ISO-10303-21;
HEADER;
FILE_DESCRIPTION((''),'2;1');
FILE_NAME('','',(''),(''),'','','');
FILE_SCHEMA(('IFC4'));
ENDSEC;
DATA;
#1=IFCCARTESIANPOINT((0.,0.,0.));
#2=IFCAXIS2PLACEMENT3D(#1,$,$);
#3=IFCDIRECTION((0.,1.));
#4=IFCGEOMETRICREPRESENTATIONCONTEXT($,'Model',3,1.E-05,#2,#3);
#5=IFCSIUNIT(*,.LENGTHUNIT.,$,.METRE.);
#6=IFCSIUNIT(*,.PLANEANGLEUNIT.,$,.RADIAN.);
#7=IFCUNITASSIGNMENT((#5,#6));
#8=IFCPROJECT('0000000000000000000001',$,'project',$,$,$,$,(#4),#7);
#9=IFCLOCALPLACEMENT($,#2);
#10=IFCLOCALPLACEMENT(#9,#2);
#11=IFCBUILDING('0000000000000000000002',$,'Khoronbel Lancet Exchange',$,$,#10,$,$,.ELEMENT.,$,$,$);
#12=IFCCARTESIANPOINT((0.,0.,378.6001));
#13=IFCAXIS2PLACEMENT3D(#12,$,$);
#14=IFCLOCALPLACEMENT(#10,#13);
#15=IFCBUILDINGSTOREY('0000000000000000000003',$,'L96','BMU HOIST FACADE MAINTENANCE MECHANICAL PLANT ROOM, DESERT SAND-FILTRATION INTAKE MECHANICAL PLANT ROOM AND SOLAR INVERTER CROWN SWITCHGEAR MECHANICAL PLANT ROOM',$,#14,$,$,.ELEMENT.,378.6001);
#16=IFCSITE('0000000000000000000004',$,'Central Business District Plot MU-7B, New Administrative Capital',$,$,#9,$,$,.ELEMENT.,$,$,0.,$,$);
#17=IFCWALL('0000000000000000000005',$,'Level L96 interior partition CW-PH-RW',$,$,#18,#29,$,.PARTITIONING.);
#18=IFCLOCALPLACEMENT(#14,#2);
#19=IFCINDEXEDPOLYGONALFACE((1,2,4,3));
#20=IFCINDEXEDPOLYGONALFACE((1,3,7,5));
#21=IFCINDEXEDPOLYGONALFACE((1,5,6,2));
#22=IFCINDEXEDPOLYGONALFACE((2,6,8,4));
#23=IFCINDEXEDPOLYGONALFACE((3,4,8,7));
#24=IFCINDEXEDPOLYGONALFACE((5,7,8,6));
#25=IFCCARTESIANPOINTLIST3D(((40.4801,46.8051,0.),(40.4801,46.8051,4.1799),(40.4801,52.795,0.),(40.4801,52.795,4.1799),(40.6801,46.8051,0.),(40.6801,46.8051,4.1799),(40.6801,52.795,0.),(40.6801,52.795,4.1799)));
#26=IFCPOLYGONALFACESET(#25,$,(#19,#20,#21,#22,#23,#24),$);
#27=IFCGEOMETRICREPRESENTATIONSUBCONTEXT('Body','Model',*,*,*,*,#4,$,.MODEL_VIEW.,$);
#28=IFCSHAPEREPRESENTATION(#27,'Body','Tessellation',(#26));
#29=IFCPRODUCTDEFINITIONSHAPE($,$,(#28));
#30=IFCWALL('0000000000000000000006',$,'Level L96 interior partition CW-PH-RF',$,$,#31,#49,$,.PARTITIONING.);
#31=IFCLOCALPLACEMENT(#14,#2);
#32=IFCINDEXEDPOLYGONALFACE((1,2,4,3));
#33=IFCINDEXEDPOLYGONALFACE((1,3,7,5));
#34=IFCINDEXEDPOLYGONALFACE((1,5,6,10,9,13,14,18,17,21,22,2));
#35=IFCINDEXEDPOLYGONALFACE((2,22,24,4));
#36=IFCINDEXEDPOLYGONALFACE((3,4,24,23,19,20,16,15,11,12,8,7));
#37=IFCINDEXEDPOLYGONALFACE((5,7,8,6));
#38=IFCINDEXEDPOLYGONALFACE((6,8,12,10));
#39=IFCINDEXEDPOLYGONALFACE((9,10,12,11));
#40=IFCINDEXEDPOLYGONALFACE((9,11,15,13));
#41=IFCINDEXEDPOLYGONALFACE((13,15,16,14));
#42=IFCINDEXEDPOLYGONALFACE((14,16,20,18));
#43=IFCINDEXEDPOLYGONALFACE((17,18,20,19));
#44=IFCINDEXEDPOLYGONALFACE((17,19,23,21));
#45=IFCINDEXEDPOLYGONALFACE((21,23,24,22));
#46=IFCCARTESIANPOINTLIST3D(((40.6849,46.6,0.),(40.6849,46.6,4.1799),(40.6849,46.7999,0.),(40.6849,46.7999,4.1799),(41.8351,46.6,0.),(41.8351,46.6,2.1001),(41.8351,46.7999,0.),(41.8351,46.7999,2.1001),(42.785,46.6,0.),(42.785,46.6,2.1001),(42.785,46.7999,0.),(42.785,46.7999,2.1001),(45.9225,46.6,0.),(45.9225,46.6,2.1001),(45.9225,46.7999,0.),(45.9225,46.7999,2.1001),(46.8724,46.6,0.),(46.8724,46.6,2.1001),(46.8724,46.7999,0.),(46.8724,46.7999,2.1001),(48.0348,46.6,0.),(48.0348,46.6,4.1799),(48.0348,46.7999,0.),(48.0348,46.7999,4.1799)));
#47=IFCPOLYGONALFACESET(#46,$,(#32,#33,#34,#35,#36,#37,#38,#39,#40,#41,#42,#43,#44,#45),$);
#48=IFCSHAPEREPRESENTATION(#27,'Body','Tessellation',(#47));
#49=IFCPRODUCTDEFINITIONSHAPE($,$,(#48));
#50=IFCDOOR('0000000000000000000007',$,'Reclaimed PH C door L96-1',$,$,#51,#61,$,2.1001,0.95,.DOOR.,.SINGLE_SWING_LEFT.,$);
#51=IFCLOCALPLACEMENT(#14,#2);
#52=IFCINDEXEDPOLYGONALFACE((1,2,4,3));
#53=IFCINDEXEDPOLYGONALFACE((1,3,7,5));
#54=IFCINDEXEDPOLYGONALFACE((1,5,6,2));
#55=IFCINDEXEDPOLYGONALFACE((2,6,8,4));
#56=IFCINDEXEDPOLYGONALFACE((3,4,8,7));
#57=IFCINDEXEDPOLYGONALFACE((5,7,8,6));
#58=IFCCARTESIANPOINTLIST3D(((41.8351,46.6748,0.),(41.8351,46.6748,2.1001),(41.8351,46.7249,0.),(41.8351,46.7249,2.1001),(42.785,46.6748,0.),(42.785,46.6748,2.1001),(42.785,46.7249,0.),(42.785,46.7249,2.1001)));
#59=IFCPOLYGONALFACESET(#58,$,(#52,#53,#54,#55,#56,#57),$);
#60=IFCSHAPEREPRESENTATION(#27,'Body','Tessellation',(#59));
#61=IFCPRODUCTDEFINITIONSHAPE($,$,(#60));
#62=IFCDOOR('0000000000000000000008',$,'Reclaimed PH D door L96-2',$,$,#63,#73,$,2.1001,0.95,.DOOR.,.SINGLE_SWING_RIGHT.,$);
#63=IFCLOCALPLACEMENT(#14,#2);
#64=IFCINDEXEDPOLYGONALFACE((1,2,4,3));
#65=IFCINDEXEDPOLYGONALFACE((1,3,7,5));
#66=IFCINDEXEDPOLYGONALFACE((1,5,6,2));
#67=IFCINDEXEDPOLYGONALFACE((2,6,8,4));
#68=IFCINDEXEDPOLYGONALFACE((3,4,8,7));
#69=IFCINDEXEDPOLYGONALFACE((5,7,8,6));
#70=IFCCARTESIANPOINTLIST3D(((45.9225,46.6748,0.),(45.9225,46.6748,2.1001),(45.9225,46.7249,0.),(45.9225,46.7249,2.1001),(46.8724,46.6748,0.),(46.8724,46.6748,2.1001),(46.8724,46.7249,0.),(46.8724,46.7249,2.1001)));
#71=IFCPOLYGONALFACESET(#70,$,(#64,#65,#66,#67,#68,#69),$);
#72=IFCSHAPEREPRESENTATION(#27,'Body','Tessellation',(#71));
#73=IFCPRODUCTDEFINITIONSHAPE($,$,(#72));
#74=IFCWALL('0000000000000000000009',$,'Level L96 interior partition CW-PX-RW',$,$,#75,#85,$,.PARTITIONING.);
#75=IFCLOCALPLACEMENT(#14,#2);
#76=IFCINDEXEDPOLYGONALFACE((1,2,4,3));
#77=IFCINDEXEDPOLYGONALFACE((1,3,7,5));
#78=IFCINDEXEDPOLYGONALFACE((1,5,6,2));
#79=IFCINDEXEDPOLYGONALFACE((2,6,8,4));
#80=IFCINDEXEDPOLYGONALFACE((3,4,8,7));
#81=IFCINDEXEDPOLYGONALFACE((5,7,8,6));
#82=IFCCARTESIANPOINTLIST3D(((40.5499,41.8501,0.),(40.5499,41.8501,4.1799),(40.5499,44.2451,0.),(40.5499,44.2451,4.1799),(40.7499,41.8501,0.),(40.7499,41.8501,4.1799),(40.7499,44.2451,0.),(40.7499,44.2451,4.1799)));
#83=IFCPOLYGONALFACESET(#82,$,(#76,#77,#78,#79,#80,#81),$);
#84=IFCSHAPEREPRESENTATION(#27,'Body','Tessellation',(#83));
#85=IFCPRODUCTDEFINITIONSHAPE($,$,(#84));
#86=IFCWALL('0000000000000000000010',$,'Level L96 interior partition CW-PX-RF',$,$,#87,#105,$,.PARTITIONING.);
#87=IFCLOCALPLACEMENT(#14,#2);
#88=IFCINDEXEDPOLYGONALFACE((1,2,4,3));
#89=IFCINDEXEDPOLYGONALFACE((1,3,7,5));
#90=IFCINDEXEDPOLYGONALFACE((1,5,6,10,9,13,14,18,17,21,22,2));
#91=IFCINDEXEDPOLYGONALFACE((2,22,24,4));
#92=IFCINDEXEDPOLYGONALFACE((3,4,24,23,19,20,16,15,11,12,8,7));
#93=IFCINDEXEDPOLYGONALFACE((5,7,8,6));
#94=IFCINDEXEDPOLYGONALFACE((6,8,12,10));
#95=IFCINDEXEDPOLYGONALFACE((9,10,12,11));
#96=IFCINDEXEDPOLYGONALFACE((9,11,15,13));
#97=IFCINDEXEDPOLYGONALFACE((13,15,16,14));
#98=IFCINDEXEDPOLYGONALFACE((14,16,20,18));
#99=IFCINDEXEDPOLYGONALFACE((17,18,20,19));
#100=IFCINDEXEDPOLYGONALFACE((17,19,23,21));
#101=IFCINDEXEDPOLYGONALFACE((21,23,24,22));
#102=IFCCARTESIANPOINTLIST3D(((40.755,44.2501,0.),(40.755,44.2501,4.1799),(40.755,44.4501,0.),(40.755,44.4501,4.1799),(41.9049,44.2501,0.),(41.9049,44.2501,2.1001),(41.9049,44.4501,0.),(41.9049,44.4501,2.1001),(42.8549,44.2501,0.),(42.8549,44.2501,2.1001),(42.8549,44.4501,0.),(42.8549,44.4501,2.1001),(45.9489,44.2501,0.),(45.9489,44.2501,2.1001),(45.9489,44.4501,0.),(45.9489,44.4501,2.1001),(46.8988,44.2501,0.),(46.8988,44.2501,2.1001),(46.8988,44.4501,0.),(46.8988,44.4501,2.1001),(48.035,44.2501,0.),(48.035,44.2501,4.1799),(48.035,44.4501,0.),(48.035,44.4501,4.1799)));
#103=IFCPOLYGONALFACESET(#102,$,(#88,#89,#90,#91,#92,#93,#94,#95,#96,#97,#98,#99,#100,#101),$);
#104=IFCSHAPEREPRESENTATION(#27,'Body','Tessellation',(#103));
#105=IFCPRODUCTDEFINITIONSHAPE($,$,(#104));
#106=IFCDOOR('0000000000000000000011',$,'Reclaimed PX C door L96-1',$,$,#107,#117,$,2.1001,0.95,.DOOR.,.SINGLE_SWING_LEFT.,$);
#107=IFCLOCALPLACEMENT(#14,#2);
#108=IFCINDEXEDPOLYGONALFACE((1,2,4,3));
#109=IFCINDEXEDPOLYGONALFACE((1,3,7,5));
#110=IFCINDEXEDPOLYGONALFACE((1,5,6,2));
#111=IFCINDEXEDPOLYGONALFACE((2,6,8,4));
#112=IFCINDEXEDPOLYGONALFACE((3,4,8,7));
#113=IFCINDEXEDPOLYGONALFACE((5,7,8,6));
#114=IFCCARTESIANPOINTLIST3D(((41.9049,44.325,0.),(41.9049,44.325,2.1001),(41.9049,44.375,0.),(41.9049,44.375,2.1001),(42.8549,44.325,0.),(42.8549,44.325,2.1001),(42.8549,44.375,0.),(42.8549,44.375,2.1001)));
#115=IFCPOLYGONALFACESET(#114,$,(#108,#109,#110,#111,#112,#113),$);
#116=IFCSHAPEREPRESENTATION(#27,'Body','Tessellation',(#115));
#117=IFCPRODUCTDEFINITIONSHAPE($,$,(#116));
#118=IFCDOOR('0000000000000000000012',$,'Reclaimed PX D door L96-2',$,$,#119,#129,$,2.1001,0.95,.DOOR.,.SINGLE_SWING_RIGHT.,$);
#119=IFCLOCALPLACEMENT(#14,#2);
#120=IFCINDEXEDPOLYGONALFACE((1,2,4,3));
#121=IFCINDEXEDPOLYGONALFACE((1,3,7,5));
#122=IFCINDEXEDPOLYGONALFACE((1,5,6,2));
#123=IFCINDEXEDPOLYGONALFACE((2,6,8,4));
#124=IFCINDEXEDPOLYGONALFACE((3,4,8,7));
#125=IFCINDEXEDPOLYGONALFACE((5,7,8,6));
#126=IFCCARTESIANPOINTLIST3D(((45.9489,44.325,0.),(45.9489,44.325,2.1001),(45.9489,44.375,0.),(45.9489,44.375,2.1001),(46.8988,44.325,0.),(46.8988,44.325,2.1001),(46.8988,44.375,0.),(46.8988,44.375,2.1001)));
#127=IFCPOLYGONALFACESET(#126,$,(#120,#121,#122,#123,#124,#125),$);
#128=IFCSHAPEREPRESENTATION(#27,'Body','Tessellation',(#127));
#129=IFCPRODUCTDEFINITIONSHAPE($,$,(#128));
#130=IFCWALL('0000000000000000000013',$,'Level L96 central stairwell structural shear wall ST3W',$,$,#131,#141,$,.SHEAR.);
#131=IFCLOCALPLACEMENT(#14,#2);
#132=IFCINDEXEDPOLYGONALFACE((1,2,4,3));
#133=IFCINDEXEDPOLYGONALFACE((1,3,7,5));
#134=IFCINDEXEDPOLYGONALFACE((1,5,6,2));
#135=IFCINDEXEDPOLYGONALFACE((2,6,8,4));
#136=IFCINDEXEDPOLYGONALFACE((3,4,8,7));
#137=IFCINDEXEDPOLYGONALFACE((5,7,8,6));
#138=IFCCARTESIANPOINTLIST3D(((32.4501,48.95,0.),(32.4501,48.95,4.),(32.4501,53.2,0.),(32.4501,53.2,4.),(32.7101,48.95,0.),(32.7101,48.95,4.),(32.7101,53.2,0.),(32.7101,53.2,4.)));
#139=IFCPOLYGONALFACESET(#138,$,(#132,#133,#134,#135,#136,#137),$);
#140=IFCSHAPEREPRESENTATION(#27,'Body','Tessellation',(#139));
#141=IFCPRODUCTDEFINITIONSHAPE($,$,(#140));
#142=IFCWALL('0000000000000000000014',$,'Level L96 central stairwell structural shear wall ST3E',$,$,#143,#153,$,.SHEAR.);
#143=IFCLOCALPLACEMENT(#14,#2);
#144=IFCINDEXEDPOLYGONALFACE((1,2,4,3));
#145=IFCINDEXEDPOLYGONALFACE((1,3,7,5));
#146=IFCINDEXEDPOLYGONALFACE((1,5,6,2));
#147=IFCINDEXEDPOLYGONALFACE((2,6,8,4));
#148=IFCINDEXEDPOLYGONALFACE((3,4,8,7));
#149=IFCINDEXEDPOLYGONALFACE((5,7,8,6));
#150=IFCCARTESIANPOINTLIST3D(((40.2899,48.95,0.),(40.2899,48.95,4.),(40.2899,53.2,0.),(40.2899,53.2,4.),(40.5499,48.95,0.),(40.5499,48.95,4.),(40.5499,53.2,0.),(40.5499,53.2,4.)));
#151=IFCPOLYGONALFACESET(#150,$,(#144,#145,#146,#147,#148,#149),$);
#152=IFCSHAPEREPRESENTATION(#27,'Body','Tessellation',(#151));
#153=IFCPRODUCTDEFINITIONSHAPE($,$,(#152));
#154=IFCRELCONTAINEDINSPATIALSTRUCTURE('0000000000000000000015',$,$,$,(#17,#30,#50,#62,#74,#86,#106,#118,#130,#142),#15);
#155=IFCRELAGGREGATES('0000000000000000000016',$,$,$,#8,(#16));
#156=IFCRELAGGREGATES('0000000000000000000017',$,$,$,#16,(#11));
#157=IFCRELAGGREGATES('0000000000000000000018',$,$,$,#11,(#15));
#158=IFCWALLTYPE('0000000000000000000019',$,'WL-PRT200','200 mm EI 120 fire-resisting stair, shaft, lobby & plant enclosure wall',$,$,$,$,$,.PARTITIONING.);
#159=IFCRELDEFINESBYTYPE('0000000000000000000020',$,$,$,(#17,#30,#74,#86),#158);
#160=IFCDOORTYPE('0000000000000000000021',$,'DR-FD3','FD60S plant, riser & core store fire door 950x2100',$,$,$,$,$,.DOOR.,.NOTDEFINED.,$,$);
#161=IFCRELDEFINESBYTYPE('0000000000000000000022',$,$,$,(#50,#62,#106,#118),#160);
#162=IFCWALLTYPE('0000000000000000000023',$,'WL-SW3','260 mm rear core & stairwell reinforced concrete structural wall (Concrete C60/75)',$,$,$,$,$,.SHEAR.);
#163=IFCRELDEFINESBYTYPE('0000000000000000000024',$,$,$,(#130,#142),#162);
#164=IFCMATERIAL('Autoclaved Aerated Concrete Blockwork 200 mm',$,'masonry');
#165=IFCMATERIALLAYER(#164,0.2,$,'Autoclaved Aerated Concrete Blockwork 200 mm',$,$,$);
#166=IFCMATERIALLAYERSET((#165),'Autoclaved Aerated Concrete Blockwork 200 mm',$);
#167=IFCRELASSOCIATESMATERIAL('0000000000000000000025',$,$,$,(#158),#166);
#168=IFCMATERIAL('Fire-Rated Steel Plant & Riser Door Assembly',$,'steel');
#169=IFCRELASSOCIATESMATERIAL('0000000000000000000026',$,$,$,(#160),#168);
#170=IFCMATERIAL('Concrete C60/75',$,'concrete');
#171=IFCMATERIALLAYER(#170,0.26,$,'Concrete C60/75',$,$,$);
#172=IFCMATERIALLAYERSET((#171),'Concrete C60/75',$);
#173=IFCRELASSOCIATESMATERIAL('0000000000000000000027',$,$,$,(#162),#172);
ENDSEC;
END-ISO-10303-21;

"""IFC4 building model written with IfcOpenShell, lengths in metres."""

from ifc_helpers import new_model, si_unit, direction, frame, frame_2d, origin, place, context, subcontext, project, spatial, rectangle, extrude, material, layer, layer_set, type_object, element, fill, save


model = new_model("IFC4")

# Units and contexts
model_context = context("Model", 3, precision=1e-05, world=origin(), true_north=direction((0.0, 1.0)))
body_context = subcontext(model_context, "Body", "Model", "MODEL_VIEW")
ifc_project = project(units=[si_unit("LENGTHUNIT", "METRE"), si_unit("PLANEANGLEUNIT", "RADIAN")], contexts=[model_context])

# Site, building, storey
site_placement = place(None, origin())
site = spatial("IfcSite", under=ifc_project, at=site_placement, Name="Central Business District Plot MU-7B, New Administrative Capital", CompositionType="ELEMENT", RefElevation=0.0)
building_placement = place(site_placement, origin())
building = spatial("IfcBuilding", under=site, at=building_placement, Name="Khoronbel Lancet Exchange", CompositionType="ELEMENT")
storey_placement = place(building_placement, frame((0.0, 0.0, 378.6001)))
storey = spatial("IfcBuildingStorey", under=building, at=storey_placement, Name="L96", Description="BMU HOIST FACADE MAINTENANCE MECHANICAL PLANT ROOM, DESERT SAND-FILTRATION INTAKE MECHANICAL PLANT ROOM AND SOLAR INVERTER CROWN SWITCHGEAR MECHANICAL PLANT ROOM", CompositionType="ELEMENT", Elevation=378.6001)

# Shared definitions
ifc_material_1 = material(Name="Concrete C60/75", Category="concrete")

# Wall
ifc_material_2 = material(Name="Autoclaved Aerated Concrete Blockwork 200 mm", Category="masonry")
ifc_layer_1 = layer(ifc_material_2, 0.2, Name="Autoclaved Aerated Concrete Blockwork 200 mm")
ifc_layer_set_1 = layer_set([ifc_layer_1], Name="Autoclaved Aerated Concrete Blockwork 200 mm")
wall_type_1 = type_object("IfcWallType", Name="WL-PRT200", Description="200 mm EI 120 fire-resisting stair, shaft, lobby & plant enclosure wall", PredefinedType="PARTITIONING", material=ifc_layer_set_1)
wall_1_placement = place(storey_placement, frame((40.5801, 46.8049, 0.0), z_axis=(0.0, 0.0, 1.0), x_axis=(0.0, 1.0, 0.0)))
element("IfcWall", 1, at=wall_1_placement, inside=storey, type_object=wall_type_1, Name="Level L96 interior partition CW-PH-RW", PredefinedType="PARTITIONING", context=body_context, shape_type="SweptSolid", body=[
    extrude(rectangle(XDim=5.99, YDim=0.2, at=frame_2d((2.9951, 0.0))), origin(), (0.0, 0.0, 1.0), 4.1799),
])

# Wall, openings, doors
wall_2_placement = place(storey_placement, frame((40.6851, 46.7, 0.0), z_axis=(0.0, 0.0, 1.0), x_axis=(1.0, 0.0, 0.0)))
wall_2 = element("IfcWall", 2, at=wall_2_placement, inside=storey, type_object=wall_type_1, Name="Level L96 interior partition CW-PH-RF", PredefinedType="PARTITIONING", context=body_context, shape_type="SweptSolid", body=[
    extrude(rectangle(XDim=7.3499, YDim=0.2, at=frame_2d((3.6748, 0.0))), origin(), (0.0, 0.0, 1.0), 4.1799),
])
opening_1_placement = place(wall_2_placement, frame((1.1499, 0.0, 0.0)))
opening_1 = element("IfcOpeningElement", 3, at=opening_1_placement, cuts=wall_2, PredefinedType="OPENING", context=body_context, shape_type="SweptSolid", body=[
    extrude(rectangle(XDim=0.95, YDim=2.1001, at=frame_2d((0.4751, 1.05))), frame((0.0, 0.1099, 0.0), z_axis=(0.0, -1.0, 0.0), x_axis=(1.0, 0.0, 0.0)), (0.0, 0.0, 1.0), 0.22),
])
opening_2_placement = place(wall_2_placement, frame((5.2373, 0.0, 0.0)))
opening_2 = element("IfcOpeningElement", 4, at=opening_2_placement, cuts=wall_2, PredefinedType="OPENING", context=body_context, shape_type="SweptSolid", body=[
    extrude(rectangle(XDim=0.95, YDim=2.1001, at=frame_2d((0.4751, 1.05))), frame((0.0, 0.1099, 0.0), z_axis=(0.0, -1.0, 0.0), x_axis=(1.0, 0.0, 0.0)), (0.0, 0.0, 1.0), 0.22),
])
ifc_material_3 = material(Name="Fire-Rated Steel Plant & Riser Door Assembly", Category="steel")
door_type = type_object("IfcDoorType", Name="DR-FD3", Description="FD60S plant, riser & core store fire door 950x2100", OperationType="NOTDEFINED", PredefinedType="DOOR", material=ifc_material_3)
door_1_placement = place(opening_1_placement, origin())
door_1 = element("IfcDoor", 5, at=door_1_placement, inside=storey, type_object=door_type, Name="Reclaimed PH C door L96-1", OperationType="SINGLE_SWING_LEFT", OverallHeight=2.1001, OverallWidth=0.95, PredefinedType="DOOR", context=body_context, shape_type="SweptSolid", body=[
    extrude(rectangle(XDim=0.95, YDim=2.1001, at=frame_2d((0.4751, 1.05))), frame((0.0, 0.0249, 0.0), z_axis=(0.0, -1.0, 0.0), x_axis=(1.0, 0.0, 0.0)), (0.0, 0.0, 1.0), 0.05),
])
fill(opening_1, door_1)
door_2_placement = place(opening_2_placement, origin())
door_2 = element("IfcDoor", 6, at=door_2_placement, inside=storey, type_object=door_type, Name="Reclaimed PH D door L96-2", OperationType="SINGLE_SWING_RIGHT", OverallHeight=2.1001, OverallWidth=0.95, PredefinedType="DOOR", context=body_context, shape_type="SweptSolid", body=[
    extrude(rectangle(XDim=0.95, YDim=2.1001, at=frame_2d((0.4751, 1.05))), frame((0.0, 0.0249, 0.0), z_axis=(0.0, -1.0, 0.0), x_axis=(1.0, 0.0, 0.0)), (0.0, 0.0, 1.0), 0.05),
])
fill(opening_2, door_2)

# Wall
wall_3_placement = place(storey_placement, frame((40.6499, 41.8501, 0.0), z_axis=(0.0, 0.0, 1.0), x_axis=(0.0, 1.0, 0.0)))
element("IfcWall", 7, at=wall_3_placement, inside=storey, type_object=wall_type_1, Name="Level L96 interior partition CW-PX-RW", PredefinedType="PARTITIONING", context=body_context, shape_type="SweptSolid", body=[
    extrude(rectangle(XDim=2.395, YDim=0.2, at=frame_2d((1.1975, 0.0))), origin(), (0.0, 0.0, 1.0), 4.1799),
])

# Wall, openings, doors
wall_4_placement = place(storey_placement, frame((40.7549, 44.3501, 0.0), z_axis=(0.0, 0.0, 1.0), x_axis=(1.0, 0.0, 0.0)))
wall_4 = element("IfcWall", 8, at=wall_4_placement, inside=storey, type_object=wall_type_1, Name="Level L96 interior partition CW-PX-RF", PredefinedType="PARTITIONING", context=body_context, shape_type="SweptSolid", body=[
    extrude(rectangle(XDim=7.28, YDim=0.2, at=frame_2d((3.6401, 0.0))), origin(), (0.0, 0.0, 1.0), 4.1799),
])
opening_3_placement = place(wall_4_placement, frame((1.1499, 0.0, 0.0)))
opening_3 = element("IfcOpeningElement", 9, at=opening_3_placement, cuts=wall_4, PredefinedType="OPENING", context=body_context, shape_type="SweptSolid", body=[
    extrude(rectangle(XDim=0.95, YDim=2.1001, at=frame_2d((0.4751, 1.05))), frame((0.0, 0.1099, 0.0), z_axis=(0.0, -1.0, 0.0), x_axis=(1.0, 0.0, 0.0)), (0.0, 0.0, 1.0), 0.22),
])
opening_4_placement = place(wall_4_placement, frame((5.1938, 0.0, 0.0)))
opening_4 = element("IfcOpeningElement", 10, at=opening_4_placement, cuts=wall_4, PredefinedType="OPENING", context=body_context, shape_type="SweptSolid", body=[
    extrude(rectangle(XDim=0.95, YDim=2.1001, at=frame_2d((0.4751, 1.05))), frame((0.0, 0.1099, 0.0), z_axis=(0.0, -1.0, 0.0), x_axis=(1.0, 0.0, 0.0)), (0.0, 0.0, 1.0), 0.22),
])
door_3_placement = place(opening_3_placement, origin())
door_3 = element("IfcDoor", 11, at=door_3_placement, inside=storey, type_object=door_type, Name="Reclaimed PX C door L96-1", OperationType="SINGLE_SWING_LEFT", OverallHeight=2.1001, OverallWidth=0.95, PredefinedType="DOOR", context=body_context, shape_type="SweptSolid", body=[
    extrude(rectangle(XDim=0.95, YDim=2.1001, at=frame_2d((0.4751, 1.05))), frame((0.0, 0.0249, 0.0), z_axis=(0.0, -1.0, 0.0), x_axis=(1.0, 0.0, 0.0)), (0.0, 0.0, 1.0), 0.05),
])
fill(opening_3, door_3)
door_4_placement = place(opening_4_placement, origin())
door_4 = element("IfcDoor", 12, at=door_4_placement, inside=storey, type_object=door_type, Name="Reclaimed PX D door L96-2", OperationType="SINGLE_SWING_RIGHT", OverallHeight=2.1001, OverallWidth=0.95, PredefinedType="DOOR", context=body_context, shape_type="SweptSolid", body=[
    extrude(rectangle(XDim=0.95, YDim=2.1001, at=frame_2d((0.4751, 1.05))), frame((0.0, 0.0249, 0.0), z_axis=(0.0, -1.0, 0.0), x_axis=(1.0, 0.0, 0.0)), (0.0, 0.0, 1.0), 0.05),
])
fill(opening_4, door_4)

# Walls
ifc_layer_2 = layer(ifc_material_1, 0.26, Name="Concrete C60/75")
ifc_layer_set_2 = layer_set([ifc_layer_2], Name="Concrete C60/75")
wall_type_2 = type_object("IfcWallType", Name="WL-SW3", Description="260 mm rear core & stairwell reinforced concrete structural wall (Concrete C60/75)", PredefinedType="SHEAR", material=ifc_layer_set_2)
for number, where, z_axis, x_axis, name in (
    (13, (32.5801, 48.95, 0.0), (0.0, 0.0, 1.0), (0.0, 1.0, 0.0), "Level L96 central stairwell structural shear wall ST3W"),
    (14, (40.4199, 48.95, 0.0), (0.0, 0.0, 1.0), (0.0, 1.0, 0.0), "Level L96 central stairwell structural shear wall ST3E"),
):
    element("IfcWall", number, at=place(storey_placement, frame(where, z_axis=z_axis, x_axis=x_axis)), inside=storey, type_object=wall_type_2, Name=name, PredefinedType="SHEAR", context=body_context, shape_type="SweptSolid", body=[
        extrude(rectangle(XDim=4.25, YDim=0.26, at=frame_2d((2.125, 0.0))), origin(), (0.0, 0.0, 1.0), 4.0),
    ])

save(model, "model.ifc")
